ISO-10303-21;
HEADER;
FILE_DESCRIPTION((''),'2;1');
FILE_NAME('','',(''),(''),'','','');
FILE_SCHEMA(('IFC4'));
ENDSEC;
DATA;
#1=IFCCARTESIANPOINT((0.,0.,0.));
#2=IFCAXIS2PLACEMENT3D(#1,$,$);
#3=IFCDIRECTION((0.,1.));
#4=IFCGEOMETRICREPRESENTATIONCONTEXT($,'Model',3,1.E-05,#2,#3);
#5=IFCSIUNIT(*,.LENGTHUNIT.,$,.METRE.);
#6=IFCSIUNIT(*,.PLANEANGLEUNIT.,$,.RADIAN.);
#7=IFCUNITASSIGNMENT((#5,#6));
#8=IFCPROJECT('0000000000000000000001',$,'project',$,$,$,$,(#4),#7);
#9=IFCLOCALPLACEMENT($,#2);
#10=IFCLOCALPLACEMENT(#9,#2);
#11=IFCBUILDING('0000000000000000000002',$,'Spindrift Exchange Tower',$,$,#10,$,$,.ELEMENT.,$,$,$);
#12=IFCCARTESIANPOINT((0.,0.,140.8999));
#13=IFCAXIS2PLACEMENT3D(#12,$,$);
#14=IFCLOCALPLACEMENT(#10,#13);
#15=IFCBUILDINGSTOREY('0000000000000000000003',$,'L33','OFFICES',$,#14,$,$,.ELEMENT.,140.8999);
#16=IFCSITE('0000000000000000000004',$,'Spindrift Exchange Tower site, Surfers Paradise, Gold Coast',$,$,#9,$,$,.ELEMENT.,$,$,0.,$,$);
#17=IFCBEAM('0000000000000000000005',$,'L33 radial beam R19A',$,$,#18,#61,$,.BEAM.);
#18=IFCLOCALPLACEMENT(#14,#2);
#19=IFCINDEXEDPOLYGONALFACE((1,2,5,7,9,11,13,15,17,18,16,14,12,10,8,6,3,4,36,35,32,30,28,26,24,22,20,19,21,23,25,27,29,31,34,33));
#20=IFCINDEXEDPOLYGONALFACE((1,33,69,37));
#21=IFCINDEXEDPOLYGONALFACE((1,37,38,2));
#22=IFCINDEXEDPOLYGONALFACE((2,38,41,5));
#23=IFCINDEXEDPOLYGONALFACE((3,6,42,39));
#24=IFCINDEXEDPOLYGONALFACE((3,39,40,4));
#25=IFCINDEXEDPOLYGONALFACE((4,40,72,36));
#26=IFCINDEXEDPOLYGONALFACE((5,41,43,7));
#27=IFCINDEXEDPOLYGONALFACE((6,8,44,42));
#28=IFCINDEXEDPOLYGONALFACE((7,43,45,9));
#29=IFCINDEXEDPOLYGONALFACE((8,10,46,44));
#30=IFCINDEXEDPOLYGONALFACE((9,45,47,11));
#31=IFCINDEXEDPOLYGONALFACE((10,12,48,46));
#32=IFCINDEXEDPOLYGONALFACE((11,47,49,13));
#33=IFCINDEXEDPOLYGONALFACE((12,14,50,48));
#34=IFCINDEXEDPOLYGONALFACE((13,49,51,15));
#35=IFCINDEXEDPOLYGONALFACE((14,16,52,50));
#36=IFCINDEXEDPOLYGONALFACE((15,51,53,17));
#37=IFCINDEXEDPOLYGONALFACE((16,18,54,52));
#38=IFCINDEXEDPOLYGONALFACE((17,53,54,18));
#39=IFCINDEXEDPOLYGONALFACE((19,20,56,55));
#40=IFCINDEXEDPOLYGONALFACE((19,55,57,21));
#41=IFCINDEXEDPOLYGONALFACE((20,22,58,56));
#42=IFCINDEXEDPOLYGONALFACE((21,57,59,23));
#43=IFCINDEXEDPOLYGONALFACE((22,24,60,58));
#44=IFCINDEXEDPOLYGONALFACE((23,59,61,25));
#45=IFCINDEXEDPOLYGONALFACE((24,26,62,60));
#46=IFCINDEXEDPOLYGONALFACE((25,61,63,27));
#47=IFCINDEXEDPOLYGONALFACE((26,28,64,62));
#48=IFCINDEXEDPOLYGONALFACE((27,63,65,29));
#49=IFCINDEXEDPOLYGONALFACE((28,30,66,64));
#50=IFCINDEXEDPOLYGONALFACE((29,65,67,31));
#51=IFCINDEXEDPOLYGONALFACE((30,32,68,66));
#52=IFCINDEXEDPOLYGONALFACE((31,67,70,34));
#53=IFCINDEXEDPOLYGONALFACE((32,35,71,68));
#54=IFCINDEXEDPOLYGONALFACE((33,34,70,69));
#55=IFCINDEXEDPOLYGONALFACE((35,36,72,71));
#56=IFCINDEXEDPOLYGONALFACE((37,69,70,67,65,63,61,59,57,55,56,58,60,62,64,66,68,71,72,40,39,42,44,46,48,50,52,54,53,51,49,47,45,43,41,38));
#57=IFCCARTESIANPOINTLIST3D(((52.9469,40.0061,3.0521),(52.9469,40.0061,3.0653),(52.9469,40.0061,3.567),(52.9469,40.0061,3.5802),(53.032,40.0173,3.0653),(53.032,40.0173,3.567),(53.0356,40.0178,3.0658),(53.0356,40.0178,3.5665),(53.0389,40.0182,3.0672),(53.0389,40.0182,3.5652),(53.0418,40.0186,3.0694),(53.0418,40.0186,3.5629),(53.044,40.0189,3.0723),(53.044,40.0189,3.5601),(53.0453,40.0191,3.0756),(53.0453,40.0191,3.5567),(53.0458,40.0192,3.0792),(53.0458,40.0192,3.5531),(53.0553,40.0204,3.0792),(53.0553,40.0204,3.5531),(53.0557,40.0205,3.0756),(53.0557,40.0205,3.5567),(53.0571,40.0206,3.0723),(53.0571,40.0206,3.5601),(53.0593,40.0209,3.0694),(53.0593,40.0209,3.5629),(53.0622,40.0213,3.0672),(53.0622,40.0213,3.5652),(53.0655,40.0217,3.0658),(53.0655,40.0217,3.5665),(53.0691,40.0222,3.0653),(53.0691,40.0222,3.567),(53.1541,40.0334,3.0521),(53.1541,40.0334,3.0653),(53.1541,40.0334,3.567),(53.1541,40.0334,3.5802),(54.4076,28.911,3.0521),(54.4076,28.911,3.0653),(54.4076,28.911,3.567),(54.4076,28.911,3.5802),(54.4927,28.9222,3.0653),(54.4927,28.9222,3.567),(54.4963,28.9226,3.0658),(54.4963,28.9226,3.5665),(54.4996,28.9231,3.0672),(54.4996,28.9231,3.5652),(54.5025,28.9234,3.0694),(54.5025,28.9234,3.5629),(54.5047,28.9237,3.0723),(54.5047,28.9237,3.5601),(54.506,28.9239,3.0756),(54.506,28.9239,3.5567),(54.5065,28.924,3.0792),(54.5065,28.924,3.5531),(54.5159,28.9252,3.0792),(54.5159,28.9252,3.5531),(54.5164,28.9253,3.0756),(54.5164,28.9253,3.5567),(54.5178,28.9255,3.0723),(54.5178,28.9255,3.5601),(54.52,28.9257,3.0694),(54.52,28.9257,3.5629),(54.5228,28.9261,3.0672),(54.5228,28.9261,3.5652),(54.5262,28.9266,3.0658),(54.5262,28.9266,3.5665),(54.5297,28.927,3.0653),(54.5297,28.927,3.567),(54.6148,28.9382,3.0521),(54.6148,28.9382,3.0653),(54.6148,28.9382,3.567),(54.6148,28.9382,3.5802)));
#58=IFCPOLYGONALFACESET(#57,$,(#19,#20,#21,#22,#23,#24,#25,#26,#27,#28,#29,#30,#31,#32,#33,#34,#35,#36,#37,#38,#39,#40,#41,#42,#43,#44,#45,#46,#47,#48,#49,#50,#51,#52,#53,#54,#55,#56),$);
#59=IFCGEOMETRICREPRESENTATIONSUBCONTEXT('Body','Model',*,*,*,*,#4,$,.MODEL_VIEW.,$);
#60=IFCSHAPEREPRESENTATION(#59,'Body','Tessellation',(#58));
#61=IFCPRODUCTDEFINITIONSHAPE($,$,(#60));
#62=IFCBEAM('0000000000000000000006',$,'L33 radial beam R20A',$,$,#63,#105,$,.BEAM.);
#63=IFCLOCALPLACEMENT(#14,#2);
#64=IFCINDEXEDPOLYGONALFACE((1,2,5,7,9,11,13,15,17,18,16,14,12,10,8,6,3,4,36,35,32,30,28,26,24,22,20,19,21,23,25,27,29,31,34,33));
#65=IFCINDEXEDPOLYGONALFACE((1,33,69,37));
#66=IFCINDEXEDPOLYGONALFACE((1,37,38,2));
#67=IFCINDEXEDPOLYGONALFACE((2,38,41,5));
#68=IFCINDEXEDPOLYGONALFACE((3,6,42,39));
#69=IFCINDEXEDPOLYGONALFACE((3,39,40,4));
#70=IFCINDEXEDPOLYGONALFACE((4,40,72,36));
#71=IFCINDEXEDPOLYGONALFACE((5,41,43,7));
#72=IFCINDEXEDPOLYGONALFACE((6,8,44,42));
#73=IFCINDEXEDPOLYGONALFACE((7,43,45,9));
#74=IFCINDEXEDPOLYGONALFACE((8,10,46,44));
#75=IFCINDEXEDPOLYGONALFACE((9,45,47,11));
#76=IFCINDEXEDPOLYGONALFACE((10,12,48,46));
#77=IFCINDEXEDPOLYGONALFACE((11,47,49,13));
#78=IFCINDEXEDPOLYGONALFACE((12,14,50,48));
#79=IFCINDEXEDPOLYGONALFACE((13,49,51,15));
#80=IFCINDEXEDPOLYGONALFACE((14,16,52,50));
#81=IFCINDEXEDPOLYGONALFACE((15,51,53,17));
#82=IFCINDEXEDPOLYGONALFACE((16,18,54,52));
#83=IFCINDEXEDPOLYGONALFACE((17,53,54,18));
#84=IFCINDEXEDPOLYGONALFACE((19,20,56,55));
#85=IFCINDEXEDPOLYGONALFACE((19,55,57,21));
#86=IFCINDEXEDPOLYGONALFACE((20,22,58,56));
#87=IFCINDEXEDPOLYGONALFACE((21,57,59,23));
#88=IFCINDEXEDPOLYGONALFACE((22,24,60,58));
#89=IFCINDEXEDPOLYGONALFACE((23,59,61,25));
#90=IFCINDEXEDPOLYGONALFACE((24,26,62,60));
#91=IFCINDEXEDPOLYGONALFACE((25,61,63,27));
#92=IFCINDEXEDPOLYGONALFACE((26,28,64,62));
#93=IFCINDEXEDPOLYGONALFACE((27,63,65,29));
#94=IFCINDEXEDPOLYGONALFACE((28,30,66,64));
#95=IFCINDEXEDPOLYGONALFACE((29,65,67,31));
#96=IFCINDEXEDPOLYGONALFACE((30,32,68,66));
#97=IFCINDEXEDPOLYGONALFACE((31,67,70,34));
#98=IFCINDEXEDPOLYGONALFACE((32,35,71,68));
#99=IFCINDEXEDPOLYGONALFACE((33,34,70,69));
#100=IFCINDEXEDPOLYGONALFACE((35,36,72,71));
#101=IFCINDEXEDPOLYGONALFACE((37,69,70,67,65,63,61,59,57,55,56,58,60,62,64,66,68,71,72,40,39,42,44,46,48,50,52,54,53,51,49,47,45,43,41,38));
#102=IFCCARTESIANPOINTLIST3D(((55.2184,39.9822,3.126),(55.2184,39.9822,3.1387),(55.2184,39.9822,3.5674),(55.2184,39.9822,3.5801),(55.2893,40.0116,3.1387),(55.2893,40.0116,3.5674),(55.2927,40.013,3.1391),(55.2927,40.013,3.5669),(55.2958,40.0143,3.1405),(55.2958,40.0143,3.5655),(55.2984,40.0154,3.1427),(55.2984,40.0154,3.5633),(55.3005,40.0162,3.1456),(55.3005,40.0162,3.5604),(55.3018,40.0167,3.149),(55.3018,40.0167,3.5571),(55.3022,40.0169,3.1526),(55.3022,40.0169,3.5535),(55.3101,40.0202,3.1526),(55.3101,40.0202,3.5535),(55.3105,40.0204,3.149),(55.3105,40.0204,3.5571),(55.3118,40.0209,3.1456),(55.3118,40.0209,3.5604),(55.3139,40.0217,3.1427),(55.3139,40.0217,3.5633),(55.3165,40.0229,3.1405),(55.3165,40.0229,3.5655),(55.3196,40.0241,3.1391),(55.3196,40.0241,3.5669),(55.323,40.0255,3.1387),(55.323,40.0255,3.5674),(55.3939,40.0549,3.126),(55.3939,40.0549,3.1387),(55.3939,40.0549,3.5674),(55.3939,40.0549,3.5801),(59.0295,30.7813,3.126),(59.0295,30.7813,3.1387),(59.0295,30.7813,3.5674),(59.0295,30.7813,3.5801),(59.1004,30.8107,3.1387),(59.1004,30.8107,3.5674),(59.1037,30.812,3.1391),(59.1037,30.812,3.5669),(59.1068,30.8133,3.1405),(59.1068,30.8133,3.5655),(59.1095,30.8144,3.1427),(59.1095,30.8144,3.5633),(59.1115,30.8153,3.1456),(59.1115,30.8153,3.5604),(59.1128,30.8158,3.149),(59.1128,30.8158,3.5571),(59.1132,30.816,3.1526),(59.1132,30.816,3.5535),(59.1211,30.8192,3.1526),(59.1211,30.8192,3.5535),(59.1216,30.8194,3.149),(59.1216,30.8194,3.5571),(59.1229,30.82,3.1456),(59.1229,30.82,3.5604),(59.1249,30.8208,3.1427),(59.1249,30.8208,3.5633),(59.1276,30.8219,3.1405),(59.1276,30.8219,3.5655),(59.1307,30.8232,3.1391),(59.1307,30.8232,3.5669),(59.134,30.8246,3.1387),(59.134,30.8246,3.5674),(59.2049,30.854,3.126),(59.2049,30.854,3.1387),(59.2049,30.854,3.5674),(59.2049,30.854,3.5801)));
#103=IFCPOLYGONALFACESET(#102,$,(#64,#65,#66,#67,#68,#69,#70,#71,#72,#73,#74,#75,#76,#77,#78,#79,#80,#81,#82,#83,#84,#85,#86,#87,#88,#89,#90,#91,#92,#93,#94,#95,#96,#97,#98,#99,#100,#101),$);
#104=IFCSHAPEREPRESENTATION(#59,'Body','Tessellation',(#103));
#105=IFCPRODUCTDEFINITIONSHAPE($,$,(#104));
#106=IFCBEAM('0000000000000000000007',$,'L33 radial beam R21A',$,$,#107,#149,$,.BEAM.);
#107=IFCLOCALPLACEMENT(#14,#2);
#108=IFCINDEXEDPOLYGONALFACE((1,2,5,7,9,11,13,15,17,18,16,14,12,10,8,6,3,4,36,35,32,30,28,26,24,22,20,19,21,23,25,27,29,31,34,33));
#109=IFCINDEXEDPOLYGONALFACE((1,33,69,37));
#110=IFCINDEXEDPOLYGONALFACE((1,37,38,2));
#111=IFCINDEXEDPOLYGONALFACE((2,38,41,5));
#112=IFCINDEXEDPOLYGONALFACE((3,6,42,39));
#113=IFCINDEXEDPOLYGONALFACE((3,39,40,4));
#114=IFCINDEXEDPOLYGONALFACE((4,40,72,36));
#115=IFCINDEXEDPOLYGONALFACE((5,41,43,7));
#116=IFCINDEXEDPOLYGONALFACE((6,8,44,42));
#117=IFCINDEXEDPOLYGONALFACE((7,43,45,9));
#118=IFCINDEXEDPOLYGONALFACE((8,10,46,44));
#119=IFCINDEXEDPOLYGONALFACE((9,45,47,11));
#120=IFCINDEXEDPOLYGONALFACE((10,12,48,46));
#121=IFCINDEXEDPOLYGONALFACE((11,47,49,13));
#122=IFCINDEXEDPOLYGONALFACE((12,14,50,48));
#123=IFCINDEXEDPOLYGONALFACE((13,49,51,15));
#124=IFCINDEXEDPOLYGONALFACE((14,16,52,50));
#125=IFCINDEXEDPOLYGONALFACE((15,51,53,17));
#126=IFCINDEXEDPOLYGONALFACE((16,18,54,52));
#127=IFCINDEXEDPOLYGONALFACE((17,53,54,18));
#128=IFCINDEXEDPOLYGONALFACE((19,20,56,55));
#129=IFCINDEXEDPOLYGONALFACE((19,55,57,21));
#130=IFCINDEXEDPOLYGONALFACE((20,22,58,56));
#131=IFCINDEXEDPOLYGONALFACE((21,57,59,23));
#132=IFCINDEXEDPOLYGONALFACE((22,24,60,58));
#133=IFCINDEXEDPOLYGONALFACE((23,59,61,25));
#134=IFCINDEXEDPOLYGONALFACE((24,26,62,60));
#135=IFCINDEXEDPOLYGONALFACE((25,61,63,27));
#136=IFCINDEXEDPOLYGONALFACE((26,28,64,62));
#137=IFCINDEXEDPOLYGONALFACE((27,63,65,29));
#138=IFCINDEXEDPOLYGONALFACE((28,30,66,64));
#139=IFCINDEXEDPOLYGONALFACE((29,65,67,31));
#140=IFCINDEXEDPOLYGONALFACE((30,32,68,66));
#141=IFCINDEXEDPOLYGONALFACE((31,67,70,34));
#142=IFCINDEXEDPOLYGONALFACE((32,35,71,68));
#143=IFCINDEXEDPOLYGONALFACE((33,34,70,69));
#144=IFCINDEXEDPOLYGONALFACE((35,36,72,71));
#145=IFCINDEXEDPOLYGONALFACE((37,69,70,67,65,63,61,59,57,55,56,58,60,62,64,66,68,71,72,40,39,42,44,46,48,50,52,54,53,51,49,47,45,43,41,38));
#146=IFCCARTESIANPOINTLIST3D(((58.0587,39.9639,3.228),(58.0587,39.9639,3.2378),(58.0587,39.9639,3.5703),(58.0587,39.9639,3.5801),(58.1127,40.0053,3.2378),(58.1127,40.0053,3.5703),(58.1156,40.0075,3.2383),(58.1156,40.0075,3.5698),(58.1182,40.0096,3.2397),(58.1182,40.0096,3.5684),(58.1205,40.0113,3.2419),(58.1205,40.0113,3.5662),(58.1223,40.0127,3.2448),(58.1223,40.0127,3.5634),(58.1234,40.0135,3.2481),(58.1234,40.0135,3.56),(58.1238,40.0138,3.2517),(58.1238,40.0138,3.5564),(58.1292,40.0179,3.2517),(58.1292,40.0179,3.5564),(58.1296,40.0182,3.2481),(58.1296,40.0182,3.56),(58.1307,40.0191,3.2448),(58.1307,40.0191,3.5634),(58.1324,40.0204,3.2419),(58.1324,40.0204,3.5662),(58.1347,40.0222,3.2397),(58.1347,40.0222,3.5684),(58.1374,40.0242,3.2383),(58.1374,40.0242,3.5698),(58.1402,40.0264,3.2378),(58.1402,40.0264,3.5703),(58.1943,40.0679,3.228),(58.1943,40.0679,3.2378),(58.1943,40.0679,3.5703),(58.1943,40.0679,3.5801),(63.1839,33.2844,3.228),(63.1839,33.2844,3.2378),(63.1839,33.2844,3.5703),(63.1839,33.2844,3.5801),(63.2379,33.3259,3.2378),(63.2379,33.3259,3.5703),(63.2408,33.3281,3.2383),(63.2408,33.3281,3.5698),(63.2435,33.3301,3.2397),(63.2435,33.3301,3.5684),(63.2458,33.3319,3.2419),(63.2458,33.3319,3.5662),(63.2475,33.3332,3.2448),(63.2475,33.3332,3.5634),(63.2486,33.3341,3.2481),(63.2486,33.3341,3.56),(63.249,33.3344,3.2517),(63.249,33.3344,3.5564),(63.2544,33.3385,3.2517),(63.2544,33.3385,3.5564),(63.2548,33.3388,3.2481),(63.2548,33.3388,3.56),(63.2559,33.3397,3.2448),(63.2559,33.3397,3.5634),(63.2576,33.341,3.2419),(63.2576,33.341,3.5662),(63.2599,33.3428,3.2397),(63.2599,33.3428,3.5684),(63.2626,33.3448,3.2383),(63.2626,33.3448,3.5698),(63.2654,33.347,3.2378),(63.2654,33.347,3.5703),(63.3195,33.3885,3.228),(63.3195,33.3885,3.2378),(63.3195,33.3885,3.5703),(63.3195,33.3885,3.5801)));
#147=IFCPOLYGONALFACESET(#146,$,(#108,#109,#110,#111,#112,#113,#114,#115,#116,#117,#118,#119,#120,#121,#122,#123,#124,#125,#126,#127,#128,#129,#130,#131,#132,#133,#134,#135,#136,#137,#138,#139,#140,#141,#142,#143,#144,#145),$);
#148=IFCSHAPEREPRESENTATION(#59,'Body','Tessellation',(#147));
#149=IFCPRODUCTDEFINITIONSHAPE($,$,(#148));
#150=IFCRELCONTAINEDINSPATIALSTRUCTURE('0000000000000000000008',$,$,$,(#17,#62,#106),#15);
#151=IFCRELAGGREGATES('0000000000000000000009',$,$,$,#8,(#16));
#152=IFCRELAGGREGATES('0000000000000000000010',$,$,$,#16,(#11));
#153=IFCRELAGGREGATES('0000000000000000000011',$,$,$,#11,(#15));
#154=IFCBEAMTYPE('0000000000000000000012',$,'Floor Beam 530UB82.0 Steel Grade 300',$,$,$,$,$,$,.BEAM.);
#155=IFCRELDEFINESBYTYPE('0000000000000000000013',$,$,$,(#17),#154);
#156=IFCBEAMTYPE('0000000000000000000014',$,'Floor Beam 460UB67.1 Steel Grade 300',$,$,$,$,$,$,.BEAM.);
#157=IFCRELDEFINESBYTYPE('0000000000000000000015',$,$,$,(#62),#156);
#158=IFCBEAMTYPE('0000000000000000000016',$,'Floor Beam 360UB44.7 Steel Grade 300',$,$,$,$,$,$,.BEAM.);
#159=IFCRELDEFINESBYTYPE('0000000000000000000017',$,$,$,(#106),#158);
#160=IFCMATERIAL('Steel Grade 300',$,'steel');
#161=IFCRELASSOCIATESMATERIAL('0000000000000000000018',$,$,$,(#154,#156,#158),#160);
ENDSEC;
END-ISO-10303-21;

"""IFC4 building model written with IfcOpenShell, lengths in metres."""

from ifc_helpers import new_model, si_unit, direction, frame, origin, origin_2d, place, context, subcontext, project, spatial, i_section, extrude, source, transform, mapped, material, material_profile, profile_set, type_object, element, save


model = new_model("IFC4")

# Units and contexts
model_context = context("Model", 3, precision=1e-05, world=origin(), true_north=direction((0.0, 1.0)))
body_context = subcontext(model_context, "Body", "Model", "MODEL_VIEW")
ifc_project = project(units=[si_unit("LENGTHUNIT", "METRE"), si_unit("PLANEANGLEUNIT", "RADIAN")], contexts=[model_context])

# Site, building, storey
site_placement = place(None, origin())
site = spatial("IfcSite", under=ifc_project, at=site_placement, Name="Spindrift Exchange Tower site, Surfers Paradise, Gold Coast", CompositionType="ELEMENT", RefElevation=0.0)
building_placement = place(site_placement, origin())
building = spatial("IfcBuilding", under=site, at=building_placement, Name="Spindrift Exchange Tower", CompositionType="ELEMENT")
storey_placement = place(building_placement, frame((0.0, 0.0, 140.8999)))
storey = spatial("IfcBuildingStorey", under=building, at=storey_placement, Name="L33", Description="OFFICES", CompositionType="ELEMENT", Elevation=140.8999)

# Beams
ifc_material_1 = material(Name="Steel Grade 300", Category="steel")
ifc_material_profile_1 = material_profile(ifc_material_1, i_section(OverallWidth=0.209, OverallDepth=0.5281, WebThickness=0.0095, FlangeThickness=0.0132, FilletRadius=0.0139, at=origin_2d()), Name="530UB82.0")
ifc_profile_set_1 = profile_set([ifc_material_profile_1], Name="Steel Grade 300")
beam_type_1 = type_object("IfcBeamType", Name="Floor Beam 530UB82.0 Steel Grade 300", PredefinedType="BEAM", material=ifc_profile_set_1)
shared_shape_1 = source(origin(), body_context, "Body", "SweptSolid", [
    extrude(i_section(OverallWidth=0.209, OverallDepth=0.5281, WebThickness=0.0095, FlangeThickness=0.0132, FilletRadius=0.0139, at=origin_2d()), origin(), (0.0, 0.0, 1.0), 11.1909),
])
beam_1_placement = place(storey_placement, frame((53.0505, 40.0198, 3.3162), z_axis=(0.130524, -0.991445, 0.0), x_axis=(0.991445, 0.130524, 0.0)))
element("IfcBeam", 1, at=beam_1_placement, inside=storey, type_object=beam_type_1, Name="L33 radial beam R19A", PredefinedType="BEAM", context=body_context, shape_type="MappedRepresentation", body=[
    mapped(shared_shape_1, transform((0.0, 0.0, 0.0), scale=1.0)),
])
ifc_material_profile_2 = material_profile(ifc_material_1, i_section(OverallWidth=0.1899, OverallDepth=0.4541, WebThickness=0.0085, FlangeThickness=0.0127, FilletRadius=0.0139, at=origin_2d()), Name="460UB67.1")
ifc_profile_set_2 = profile_set([ifc_material_profile_2], Name="Steel Grade 300")
beam_type_2 = type_object("IfcBeamType", Name="Floor Beam 460UB67.1 Steel Grade 300", PredefinedType="BEAM", material=ifc_profile_set_2)
shared_shape_2 = source(origin(), body_context, "Body", "SweptSolid", [
    extrude(i_section(OverallWidth=0.1899, OverallDepth=0.4541, WebThickness=0.0085, FlangeThickness=0.0127, FilletRadius=0.0139, at=origin_2d()), origin(), (0.0, 0.0, 1.0), 9.959),
])
beam_2_placement = place(storey_placement, frame((55.3062, 40.0186, 3.353), z_axis=(0.382674, -0.923884, 0.0), x_axis=(0.923884, 0.382674, 0.0)))
element("IfcBeam", 2, at=beam_2_placement, inside=storey, type_object=beam_type_2, Name="L33 radial beam R20A", PredefinedType="BEAM", context=body_context, shape_type="MappedRepresentation", body=[
    mapped(shared_shape_2, transform((0.0, 0.0, 0.0), scale=1.0)),
])
ifc_material_profile_3 = material_profile(ifc_material_1, i_section(OverallWidth=0.1709, OverallDepth=0.3521, WebThickness=0.0068, FlangeThickness=0.0098, FilletRadius=0.0139, at=origin_2d()), Name="360UB44.7")
ifc_profile_set_3 = profile_set([ifc_material_profile_3], Name="Steel Grade 300")
beam_type_3 = type_object("IfcBeamType", Name="Floor Beam 360UB44.7 Steel Grade 300", PredefinedType="BEAM", material=ifc_profile_set_3)
shared_shape_3 = source(origin(), body_context, "Body", "SweptSolid", [
    extrude(i_section(OverallWidth=0.1709, OverallDepth=0.3521, WebThickness=0.0068, FlangeThickness=0.0098, FilletRadius=0.0139, at=origin_2d()), origin(), (0.0, 0.0, 1.0), 8.4192),
])
beam_3_placement = place(storey_placement, frame((58.1265, 40.0159, 3.4041), z_axis=(0.608756, -0.793358, 0.0), x_axis=(0.793358, 0.608756, 0.0)))
element("IfcBeam", 3, at=beam_3_placement, inside=storey, type_object=beam_type_3, Name="L33 radial beam R21A", PredefinedType="BEAM", context=body_context, shape_type="MappedRepresentation", body=[
    mapped(shared_shape_3, transform((0.0, 0.0, 0.0), scale=1.0)),
])

save(model, "model.ifc")
